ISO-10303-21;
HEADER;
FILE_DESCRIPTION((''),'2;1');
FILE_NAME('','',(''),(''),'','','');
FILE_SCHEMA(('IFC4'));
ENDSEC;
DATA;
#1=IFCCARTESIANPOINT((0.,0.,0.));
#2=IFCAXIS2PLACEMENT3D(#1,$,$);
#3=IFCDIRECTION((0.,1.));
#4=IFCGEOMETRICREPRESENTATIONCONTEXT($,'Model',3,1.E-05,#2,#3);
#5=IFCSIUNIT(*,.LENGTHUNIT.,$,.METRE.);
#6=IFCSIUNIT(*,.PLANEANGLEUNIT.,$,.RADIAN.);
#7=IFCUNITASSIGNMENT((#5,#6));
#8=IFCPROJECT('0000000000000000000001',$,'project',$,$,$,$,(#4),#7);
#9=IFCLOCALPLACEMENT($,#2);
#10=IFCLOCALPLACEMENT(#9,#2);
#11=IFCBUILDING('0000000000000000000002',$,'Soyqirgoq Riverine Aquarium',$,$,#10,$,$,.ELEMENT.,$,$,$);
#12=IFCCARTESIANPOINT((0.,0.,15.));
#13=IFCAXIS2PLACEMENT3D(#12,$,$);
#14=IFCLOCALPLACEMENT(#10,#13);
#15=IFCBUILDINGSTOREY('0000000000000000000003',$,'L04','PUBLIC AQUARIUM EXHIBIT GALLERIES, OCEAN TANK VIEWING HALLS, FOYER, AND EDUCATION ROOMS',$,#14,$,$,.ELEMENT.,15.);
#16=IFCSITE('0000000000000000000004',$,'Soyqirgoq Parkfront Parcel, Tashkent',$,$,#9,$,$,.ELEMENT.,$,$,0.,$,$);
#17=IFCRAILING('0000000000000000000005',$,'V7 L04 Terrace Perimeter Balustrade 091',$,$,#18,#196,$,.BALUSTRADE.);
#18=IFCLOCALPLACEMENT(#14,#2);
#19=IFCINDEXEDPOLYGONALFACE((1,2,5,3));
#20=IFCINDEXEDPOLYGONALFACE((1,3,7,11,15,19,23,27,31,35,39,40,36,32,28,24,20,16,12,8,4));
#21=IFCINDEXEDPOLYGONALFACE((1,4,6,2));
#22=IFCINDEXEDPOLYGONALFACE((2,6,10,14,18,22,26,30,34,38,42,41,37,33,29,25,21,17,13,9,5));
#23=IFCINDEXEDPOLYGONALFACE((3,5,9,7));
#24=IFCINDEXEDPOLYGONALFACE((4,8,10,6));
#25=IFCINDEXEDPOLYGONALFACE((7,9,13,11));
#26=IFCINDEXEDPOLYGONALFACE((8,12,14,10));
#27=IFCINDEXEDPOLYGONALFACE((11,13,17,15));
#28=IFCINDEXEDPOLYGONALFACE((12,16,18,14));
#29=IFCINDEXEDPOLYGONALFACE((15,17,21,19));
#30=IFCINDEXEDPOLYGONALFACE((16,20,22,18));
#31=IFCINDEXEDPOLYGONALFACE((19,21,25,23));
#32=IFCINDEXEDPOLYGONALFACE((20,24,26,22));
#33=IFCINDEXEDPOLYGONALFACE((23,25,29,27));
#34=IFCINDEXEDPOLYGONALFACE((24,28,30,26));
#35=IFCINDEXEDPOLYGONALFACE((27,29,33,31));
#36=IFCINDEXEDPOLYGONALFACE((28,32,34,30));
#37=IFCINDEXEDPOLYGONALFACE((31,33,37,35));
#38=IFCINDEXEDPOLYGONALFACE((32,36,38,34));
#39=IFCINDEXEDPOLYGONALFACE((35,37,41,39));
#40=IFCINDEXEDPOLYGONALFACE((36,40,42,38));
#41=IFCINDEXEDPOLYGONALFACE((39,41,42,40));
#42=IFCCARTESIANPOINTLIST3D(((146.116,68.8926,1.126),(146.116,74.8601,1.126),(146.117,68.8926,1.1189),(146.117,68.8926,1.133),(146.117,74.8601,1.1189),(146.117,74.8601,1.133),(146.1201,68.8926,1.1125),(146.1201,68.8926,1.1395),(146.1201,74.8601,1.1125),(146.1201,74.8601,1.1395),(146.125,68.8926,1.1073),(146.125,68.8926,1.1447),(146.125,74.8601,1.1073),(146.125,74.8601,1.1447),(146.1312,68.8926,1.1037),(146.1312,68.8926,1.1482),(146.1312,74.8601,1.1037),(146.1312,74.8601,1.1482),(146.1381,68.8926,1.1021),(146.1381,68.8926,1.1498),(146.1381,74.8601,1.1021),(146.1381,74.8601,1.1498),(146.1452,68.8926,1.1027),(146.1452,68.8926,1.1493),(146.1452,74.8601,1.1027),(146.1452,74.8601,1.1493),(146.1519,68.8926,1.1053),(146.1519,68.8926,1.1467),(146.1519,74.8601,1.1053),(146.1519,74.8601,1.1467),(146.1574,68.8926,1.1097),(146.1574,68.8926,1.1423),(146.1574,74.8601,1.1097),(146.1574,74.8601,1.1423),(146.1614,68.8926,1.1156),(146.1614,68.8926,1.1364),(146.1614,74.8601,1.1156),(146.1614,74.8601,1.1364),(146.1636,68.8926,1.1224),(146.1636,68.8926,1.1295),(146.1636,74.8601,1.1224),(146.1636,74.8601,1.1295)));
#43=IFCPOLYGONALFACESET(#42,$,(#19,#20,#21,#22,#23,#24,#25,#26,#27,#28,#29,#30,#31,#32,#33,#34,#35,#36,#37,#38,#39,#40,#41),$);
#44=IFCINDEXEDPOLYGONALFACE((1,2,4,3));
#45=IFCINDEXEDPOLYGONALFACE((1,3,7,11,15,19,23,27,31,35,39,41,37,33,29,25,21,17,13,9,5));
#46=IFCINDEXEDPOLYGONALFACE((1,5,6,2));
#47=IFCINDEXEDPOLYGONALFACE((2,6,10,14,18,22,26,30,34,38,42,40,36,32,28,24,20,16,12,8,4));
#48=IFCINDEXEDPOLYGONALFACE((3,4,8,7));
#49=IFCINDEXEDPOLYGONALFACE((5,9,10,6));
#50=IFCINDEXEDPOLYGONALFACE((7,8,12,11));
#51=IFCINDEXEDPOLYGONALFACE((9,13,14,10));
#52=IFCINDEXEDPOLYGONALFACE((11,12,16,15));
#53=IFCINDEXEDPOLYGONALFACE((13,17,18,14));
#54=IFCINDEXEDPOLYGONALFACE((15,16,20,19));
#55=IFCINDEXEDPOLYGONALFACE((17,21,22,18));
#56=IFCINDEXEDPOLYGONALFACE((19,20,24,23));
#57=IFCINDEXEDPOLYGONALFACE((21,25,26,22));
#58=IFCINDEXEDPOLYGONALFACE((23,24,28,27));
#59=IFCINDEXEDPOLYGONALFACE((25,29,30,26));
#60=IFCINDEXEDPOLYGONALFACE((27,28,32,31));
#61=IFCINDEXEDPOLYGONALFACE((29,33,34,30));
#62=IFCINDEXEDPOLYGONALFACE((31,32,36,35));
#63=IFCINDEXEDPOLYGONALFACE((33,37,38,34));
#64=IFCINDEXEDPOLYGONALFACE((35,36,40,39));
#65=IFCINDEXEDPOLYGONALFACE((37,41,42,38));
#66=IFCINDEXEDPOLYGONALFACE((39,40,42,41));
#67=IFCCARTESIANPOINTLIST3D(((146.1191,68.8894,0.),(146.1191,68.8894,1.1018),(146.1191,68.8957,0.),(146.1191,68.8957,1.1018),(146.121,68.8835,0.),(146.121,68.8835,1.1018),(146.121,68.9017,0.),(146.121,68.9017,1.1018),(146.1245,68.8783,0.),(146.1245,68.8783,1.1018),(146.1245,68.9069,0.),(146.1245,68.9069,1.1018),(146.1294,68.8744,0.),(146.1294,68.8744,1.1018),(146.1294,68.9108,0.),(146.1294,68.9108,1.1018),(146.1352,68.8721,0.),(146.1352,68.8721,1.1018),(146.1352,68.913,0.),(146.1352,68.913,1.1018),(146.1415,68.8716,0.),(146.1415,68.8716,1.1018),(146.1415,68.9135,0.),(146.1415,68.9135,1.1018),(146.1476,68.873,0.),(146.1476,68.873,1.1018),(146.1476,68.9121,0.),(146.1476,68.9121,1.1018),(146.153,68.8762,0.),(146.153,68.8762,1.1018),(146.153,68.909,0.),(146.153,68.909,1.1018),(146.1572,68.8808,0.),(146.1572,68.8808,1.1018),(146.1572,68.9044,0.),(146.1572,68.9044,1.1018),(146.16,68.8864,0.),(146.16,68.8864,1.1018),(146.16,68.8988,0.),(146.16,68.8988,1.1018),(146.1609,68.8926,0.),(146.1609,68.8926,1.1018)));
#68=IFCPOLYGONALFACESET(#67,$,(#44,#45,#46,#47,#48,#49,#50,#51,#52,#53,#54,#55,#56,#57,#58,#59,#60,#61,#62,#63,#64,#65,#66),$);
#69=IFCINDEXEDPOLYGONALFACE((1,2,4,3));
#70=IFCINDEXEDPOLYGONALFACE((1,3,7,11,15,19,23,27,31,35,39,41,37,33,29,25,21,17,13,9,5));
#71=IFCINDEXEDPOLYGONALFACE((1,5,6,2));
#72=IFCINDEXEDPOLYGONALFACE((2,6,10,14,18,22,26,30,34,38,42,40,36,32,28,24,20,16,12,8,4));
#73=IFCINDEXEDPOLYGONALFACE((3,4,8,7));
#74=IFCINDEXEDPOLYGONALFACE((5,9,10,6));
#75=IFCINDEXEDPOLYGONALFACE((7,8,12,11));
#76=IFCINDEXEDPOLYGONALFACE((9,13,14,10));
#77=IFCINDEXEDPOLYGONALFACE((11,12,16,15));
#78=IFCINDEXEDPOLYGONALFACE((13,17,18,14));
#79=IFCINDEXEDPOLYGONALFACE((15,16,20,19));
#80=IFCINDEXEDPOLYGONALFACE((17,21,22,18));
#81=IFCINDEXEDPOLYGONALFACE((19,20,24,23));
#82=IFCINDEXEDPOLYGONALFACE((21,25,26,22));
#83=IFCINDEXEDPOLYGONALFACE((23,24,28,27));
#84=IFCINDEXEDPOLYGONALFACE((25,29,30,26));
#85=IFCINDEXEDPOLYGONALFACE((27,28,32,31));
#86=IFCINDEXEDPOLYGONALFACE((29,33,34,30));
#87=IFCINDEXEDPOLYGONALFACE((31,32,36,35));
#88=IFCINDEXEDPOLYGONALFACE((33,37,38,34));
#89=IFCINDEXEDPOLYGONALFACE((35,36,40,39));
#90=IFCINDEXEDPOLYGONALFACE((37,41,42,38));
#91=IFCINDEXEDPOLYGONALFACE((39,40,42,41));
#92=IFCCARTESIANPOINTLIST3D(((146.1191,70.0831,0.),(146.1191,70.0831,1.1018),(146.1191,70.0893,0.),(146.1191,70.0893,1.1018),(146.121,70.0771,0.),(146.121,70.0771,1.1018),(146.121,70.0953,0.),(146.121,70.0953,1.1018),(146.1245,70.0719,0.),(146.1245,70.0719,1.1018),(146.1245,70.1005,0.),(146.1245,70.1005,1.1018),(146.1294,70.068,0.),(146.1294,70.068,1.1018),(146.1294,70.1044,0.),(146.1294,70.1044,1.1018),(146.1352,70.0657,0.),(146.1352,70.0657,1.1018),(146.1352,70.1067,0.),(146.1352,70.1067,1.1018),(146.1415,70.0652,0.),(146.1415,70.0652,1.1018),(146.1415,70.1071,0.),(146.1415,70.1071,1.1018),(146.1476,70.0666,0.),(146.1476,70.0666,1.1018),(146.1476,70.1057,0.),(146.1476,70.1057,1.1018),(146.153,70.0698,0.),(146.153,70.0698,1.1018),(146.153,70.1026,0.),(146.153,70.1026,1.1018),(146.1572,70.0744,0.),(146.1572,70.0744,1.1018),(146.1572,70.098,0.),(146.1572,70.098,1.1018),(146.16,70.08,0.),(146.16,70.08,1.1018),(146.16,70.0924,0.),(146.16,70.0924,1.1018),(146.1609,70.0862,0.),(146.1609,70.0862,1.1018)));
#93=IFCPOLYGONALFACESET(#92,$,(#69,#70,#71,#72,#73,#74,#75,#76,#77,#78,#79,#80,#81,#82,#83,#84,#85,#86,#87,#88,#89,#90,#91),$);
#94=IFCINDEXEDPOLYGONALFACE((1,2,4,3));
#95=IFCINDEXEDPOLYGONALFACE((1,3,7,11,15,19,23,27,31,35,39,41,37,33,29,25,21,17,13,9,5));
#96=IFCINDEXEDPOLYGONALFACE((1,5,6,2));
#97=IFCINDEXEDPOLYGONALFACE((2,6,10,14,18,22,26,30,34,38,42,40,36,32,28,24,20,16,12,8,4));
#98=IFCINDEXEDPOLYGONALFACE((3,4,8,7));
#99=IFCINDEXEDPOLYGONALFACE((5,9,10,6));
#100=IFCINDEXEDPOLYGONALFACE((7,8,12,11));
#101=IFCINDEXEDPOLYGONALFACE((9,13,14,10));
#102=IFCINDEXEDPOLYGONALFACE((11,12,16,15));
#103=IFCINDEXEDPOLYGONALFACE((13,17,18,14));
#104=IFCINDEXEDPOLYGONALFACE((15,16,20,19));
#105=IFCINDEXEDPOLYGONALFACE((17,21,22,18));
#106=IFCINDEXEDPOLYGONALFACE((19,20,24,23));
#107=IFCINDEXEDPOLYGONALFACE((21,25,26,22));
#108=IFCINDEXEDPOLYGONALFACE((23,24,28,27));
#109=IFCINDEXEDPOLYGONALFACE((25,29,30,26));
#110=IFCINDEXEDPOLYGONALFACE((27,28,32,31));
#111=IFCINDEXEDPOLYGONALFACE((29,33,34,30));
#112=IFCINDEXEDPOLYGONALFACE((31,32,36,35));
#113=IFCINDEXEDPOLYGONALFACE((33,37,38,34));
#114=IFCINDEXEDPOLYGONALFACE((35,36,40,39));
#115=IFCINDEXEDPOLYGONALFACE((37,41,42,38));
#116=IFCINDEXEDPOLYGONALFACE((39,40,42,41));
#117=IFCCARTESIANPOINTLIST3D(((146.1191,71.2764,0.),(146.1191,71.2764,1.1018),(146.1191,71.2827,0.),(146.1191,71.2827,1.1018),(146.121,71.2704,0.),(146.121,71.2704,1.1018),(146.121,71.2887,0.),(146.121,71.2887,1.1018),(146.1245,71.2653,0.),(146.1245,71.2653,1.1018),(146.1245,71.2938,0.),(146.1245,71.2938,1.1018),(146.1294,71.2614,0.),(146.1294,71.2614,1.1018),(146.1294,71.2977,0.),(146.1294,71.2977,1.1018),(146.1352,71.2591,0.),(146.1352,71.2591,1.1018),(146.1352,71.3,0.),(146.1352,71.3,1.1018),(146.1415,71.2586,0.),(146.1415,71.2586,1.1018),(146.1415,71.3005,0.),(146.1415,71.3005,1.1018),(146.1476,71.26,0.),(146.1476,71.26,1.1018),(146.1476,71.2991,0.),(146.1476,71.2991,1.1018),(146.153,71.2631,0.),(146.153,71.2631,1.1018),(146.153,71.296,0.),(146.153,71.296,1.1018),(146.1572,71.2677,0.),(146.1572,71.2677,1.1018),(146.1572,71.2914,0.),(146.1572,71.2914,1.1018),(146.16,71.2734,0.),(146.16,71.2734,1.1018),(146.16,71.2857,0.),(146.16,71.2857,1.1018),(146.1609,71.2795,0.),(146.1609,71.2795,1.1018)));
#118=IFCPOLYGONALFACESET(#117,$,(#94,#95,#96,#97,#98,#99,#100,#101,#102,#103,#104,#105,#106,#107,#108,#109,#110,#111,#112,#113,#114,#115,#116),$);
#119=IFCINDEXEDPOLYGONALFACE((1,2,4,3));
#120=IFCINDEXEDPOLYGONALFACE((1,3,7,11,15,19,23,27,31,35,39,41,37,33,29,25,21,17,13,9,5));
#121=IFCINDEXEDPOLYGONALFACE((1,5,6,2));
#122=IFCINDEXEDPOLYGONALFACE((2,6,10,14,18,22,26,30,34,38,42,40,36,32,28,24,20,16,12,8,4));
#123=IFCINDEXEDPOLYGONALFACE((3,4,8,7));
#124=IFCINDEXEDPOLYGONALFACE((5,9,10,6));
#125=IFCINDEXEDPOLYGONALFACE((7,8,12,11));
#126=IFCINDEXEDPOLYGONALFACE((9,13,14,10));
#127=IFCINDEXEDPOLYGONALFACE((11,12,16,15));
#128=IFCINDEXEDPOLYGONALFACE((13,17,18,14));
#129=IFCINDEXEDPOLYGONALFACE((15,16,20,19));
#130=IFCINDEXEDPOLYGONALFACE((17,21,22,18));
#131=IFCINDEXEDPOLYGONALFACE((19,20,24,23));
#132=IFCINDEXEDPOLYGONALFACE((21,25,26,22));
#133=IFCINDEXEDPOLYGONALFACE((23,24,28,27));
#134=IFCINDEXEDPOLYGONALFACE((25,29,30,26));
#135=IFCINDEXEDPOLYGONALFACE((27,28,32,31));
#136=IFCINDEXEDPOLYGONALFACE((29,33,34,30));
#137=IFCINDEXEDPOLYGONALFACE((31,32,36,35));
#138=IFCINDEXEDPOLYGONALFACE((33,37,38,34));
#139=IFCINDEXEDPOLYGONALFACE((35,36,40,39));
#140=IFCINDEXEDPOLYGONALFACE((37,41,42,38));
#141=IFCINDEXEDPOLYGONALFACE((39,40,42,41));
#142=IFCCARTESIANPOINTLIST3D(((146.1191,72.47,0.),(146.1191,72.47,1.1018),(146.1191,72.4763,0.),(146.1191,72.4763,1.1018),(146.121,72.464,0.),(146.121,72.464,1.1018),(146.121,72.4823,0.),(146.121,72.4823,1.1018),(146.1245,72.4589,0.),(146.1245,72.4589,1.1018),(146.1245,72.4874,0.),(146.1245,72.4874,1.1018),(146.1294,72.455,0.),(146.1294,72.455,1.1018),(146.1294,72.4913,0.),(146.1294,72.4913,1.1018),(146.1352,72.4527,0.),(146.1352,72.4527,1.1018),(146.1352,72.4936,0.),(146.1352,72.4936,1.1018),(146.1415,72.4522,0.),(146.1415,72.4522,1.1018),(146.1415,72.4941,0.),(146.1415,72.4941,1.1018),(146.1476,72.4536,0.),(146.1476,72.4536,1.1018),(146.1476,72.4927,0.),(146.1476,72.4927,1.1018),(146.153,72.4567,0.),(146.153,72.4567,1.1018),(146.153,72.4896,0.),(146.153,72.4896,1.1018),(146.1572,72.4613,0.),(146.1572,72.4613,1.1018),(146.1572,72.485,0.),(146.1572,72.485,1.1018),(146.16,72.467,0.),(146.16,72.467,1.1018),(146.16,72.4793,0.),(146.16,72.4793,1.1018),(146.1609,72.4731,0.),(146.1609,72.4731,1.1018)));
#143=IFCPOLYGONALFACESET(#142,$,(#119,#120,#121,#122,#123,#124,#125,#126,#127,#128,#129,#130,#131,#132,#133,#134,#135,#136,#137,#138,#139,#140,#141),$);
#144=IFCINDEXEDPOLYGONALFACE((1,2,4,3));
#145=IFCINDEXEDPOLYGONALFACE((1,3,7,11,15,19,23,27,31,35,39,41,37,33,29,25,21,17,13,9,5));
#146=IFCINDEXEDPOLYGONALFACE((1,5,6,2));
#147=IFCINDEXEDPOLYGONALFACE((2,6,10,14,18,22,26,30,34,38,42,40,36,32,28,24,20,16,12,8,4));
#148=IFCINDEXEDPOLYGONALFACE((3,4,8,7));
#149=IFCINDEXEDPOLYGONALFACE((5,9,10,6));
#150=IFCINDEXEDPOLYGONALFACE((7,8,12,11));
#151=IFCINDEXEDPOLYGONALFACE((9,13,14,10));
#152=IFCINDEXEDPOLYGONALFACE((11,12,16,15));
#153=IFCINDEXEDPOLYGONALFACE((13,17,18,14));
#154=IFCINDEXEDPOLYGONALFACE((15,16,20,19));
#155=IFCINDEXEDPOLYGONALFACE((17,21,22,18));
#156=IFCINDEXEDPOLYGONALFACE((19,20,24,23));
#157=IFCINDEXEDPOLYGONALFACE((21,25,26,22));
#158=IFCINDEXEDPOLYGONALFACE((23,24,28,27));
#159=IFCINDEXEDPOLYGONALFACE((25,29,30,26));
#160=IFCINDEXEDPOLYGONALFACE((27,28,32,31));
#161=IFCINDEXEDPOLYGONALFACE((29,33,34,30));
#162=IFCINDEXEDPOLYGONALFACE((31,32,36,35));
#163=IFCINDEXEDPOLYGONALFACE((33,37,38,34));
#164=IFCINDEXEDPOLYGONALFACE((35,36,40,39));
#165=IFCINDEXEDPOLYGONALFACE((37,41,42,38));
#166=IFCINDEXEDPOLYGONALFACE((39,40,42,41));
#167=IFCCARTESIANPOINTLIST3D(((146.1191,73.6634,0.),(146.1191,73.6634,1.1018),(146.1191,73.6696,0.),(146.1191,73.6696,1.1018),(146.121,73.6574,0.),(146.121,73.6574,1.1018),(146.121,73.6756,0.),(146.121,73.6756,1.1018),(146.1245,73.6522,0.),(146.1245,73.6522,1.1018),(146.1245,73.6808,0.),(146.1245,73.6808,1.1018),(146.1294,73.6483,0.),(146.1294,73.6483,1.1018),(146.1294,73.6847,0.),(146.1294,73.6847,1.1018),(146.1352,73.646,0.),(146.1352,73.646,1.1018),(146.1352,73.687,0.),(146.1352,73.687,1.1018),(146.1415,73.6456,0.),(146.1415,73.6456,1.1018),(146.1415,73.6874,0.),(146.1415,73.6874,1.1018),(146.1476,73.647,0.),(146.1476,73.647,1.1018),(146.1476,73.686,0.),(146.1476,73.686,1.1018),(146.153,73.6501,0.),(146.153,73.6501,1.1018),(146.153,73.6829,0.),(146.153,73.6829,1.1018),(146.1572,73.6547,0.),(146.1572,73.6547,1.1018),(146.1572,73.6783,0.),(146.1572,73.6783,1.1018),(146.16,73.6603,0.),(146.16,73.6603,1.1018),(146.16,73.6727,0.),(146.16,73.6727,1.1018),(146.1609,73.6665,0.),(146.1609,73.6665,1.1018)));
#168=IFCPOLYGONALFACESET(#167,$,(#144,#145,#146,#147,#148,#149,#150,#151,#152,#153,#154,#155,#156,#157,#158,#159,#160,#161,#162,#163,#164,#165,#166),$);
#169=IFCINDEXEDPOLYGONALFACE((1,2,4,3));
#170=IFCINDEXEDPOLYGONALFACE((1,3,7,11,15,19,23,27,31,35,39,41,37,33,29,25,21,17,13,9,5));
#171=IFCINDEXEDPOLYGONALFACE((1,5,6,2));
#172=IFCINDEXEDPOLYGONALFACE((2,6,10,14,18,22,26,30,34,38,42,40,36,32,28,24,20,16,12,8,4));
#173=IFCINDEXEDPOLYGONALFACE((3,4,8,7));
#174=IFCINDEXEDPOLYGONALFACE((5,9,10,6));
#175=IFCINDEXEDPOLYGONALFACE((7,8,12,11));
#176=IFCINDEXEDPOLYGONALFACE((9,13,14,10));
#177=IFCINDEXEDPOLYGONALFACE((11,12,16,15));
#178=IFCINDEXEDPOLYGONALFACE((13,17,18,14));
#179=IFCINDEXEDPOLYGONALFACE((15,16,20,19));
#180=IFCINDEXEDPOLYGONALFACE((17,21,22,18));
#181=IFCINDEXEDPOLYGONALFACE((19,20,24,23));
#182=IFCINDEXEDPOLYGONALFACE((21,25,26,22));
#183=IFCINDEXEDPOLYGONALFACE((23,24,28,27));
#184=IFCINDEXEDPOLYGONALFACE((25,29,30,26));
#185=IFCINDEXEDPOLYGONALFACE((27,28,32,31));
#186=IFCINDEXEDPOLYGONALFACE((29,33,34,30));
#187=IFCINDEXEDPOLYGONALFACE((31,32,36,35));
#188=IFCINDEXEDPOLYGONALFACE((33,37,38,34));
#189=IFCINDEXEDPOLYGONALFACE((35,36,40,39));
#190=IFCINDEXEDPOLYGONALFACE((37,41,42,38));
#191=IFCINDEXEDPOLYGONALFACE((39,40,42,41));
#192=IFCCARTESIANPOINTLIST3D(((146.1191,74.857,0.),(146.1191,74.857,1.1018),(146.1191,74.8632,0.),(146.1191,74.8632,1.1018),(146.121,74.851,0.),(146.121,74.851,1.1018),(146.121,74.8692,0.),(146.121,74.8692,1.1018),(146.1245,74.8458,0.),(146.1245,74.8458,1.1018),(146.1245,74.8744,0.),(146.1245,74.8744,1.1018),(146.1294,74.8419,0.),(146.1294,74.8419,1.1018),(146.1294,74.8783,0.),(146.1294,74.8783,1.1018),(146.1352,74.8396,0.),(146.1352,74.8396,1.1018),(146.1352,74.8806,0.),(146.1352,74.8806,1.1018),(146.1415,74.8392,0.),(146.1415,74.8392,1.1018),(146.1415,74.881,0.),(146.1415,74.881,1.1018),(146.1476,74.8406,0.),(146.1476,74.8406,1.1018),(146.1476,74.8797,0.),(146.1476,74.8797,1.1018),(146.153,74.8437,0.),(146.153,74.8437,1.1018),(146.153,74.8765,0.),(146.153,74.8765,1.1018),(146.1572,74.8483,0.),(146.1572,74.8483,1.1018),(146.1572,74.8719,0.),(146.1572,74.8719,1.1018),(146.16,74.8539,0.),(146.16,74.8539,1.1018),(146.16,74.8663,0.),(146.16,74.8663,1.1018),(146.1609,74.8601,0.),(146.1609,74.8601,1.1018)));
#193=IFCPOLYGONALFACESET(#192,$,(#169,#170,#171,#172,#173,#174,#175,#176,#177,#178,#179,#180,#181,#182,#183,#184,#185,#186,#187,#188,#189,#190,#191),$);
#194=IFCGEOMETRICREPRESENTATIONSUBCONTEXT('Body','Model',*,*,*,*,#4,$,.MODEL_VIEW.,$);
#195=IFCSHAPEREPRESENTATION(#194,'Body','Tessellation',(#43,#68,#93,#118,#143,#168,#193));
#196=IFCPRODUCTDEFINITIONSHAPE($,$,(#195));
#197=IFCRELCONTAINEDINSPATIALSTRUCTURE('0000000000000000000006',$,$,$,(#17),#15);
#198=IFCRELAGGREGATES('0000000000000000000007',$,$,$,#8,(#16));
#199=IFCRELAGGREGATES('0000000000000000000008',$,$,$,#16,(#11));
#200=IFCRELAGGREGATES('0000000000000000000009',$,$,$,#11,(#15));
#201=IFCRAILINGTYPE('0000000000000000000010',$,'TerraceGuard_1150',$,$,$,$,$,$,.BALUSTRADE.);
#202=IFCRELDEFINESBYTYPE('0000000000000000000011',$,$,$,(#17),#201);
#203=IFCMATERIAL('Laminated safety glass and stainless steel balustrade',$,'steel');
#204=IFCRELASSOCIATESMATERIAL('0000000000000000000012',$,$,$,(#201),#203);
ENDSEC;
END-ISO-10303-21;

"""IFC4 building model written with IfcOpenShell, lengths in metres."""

from ifc_helpers import new_model, si_unit, direction, frame, origin, origin_2d, place, context, subcontext, project, spatial, circle, extrude, material, type_object, element, save


model = new_model("IFC4")

# Units and contexts
model_context = context("Model", 3, precision=1e-05, world=origin(), true_north=direction((0.0, 1.0)))
body_context = subcontext(model_context, "Body", "Model", "MODEL_VIEW")
ifc_project = project(units=[si_unit("LENGTHUNIT", "METRE"), si_unit("PLANEANGLEUNIT", "RADIAN")], contexts=[model_context])

# Site, building, storey
site_placement = place(None, origin())
site = spatial("IfcSite", under=ifc_project, at=site_placement, Name="Soyqirgoq Parkfront Parcel, Tashkent", CompositionType="ELEMENT", RefElevation=0.0)
building_placement = place(site_placement, origin())
building = spatial("IfcBuilding", under=site, at=building_placement, Name="Soyqirgoq Riverine Aquarium", CompositionType="ELEMENT")
storey_placement = place(building_placement, frame((0.0, 0.0, 15.0)))
storey = spatial("IfcBuildingStorey", under=building, at=storey_placement, Name="L04", Description="PUBLIC AQUARIUM EXHIBIT GALLERIES, OCEAN TANK VIEWING HALLS, FOYER, AND EDUCATION ROOMS", CompositionType="ELEMENT", Elevation=15.0)

# Railing
ifc_material_1 = material(Name="Laminated safety glass and stainless steel balustrade", Category="steel")
railing_type = type_object("IfcRailingType", Name="TerraceGuard_1150", PredefinedType="BALUSTRADE", material=ifc_material_1)
railing_placement = place(storey_placement, frame((146.1399, 68.8926, 0.0)))
element("IfcRailing", 1, at=railing_placement, inside=storey, type_object=railing_type, Name="V7 L04 Terrace Perimeter Balustrade 091", PredefinedType="BALUSTRADE", context=body_context, shape_type="SweptSolid", body=[
    extrude(circle(Radius=0.0239, at=origin_2d()), frame((0.0, 0.0, 1.126), z_axis=(0.0, 1.0, 0.0), x_axis=(-1.0, 0.0, 0.0)), (0.0, 0.0, 1.0), 5.9675),
    extrude(circle(Radius=0.021, at=origin_2d()), origin(), (0.0, 0.0, 1.0), 1.1018),
    extrude(circle(Radius=0.021, at=origin_2d()), frame((0.0, 1.1936, 0.0)), (0.0, 0.0, 1.0), 1.1018),
    extrude(circle(Radius=0.021, at=origin_2d()), frame((0.0, 2.387, 0.0)), (0.0, 0.0, 1.0), 1.1018),
    extrude(circle(Radius=0.021, at=origin_2d()), frame((0.0, 3.5806, 0.0)), (0.0, 0.0, 1.0), 1.1018),
    extrude(circle(Radius=0.021, at=origin_2d()), frame((0.0, 4.7739, 0.0)), (0.0, 0.0, 1.0), 1.1018),
    extrude(circle(Radius=0.021, at=origin_2d()), frame((0.0, 5.9675, 0.0)), (0.0, 0.0, 1.0), 1.1018),
])

save(model, "model.ifc")
